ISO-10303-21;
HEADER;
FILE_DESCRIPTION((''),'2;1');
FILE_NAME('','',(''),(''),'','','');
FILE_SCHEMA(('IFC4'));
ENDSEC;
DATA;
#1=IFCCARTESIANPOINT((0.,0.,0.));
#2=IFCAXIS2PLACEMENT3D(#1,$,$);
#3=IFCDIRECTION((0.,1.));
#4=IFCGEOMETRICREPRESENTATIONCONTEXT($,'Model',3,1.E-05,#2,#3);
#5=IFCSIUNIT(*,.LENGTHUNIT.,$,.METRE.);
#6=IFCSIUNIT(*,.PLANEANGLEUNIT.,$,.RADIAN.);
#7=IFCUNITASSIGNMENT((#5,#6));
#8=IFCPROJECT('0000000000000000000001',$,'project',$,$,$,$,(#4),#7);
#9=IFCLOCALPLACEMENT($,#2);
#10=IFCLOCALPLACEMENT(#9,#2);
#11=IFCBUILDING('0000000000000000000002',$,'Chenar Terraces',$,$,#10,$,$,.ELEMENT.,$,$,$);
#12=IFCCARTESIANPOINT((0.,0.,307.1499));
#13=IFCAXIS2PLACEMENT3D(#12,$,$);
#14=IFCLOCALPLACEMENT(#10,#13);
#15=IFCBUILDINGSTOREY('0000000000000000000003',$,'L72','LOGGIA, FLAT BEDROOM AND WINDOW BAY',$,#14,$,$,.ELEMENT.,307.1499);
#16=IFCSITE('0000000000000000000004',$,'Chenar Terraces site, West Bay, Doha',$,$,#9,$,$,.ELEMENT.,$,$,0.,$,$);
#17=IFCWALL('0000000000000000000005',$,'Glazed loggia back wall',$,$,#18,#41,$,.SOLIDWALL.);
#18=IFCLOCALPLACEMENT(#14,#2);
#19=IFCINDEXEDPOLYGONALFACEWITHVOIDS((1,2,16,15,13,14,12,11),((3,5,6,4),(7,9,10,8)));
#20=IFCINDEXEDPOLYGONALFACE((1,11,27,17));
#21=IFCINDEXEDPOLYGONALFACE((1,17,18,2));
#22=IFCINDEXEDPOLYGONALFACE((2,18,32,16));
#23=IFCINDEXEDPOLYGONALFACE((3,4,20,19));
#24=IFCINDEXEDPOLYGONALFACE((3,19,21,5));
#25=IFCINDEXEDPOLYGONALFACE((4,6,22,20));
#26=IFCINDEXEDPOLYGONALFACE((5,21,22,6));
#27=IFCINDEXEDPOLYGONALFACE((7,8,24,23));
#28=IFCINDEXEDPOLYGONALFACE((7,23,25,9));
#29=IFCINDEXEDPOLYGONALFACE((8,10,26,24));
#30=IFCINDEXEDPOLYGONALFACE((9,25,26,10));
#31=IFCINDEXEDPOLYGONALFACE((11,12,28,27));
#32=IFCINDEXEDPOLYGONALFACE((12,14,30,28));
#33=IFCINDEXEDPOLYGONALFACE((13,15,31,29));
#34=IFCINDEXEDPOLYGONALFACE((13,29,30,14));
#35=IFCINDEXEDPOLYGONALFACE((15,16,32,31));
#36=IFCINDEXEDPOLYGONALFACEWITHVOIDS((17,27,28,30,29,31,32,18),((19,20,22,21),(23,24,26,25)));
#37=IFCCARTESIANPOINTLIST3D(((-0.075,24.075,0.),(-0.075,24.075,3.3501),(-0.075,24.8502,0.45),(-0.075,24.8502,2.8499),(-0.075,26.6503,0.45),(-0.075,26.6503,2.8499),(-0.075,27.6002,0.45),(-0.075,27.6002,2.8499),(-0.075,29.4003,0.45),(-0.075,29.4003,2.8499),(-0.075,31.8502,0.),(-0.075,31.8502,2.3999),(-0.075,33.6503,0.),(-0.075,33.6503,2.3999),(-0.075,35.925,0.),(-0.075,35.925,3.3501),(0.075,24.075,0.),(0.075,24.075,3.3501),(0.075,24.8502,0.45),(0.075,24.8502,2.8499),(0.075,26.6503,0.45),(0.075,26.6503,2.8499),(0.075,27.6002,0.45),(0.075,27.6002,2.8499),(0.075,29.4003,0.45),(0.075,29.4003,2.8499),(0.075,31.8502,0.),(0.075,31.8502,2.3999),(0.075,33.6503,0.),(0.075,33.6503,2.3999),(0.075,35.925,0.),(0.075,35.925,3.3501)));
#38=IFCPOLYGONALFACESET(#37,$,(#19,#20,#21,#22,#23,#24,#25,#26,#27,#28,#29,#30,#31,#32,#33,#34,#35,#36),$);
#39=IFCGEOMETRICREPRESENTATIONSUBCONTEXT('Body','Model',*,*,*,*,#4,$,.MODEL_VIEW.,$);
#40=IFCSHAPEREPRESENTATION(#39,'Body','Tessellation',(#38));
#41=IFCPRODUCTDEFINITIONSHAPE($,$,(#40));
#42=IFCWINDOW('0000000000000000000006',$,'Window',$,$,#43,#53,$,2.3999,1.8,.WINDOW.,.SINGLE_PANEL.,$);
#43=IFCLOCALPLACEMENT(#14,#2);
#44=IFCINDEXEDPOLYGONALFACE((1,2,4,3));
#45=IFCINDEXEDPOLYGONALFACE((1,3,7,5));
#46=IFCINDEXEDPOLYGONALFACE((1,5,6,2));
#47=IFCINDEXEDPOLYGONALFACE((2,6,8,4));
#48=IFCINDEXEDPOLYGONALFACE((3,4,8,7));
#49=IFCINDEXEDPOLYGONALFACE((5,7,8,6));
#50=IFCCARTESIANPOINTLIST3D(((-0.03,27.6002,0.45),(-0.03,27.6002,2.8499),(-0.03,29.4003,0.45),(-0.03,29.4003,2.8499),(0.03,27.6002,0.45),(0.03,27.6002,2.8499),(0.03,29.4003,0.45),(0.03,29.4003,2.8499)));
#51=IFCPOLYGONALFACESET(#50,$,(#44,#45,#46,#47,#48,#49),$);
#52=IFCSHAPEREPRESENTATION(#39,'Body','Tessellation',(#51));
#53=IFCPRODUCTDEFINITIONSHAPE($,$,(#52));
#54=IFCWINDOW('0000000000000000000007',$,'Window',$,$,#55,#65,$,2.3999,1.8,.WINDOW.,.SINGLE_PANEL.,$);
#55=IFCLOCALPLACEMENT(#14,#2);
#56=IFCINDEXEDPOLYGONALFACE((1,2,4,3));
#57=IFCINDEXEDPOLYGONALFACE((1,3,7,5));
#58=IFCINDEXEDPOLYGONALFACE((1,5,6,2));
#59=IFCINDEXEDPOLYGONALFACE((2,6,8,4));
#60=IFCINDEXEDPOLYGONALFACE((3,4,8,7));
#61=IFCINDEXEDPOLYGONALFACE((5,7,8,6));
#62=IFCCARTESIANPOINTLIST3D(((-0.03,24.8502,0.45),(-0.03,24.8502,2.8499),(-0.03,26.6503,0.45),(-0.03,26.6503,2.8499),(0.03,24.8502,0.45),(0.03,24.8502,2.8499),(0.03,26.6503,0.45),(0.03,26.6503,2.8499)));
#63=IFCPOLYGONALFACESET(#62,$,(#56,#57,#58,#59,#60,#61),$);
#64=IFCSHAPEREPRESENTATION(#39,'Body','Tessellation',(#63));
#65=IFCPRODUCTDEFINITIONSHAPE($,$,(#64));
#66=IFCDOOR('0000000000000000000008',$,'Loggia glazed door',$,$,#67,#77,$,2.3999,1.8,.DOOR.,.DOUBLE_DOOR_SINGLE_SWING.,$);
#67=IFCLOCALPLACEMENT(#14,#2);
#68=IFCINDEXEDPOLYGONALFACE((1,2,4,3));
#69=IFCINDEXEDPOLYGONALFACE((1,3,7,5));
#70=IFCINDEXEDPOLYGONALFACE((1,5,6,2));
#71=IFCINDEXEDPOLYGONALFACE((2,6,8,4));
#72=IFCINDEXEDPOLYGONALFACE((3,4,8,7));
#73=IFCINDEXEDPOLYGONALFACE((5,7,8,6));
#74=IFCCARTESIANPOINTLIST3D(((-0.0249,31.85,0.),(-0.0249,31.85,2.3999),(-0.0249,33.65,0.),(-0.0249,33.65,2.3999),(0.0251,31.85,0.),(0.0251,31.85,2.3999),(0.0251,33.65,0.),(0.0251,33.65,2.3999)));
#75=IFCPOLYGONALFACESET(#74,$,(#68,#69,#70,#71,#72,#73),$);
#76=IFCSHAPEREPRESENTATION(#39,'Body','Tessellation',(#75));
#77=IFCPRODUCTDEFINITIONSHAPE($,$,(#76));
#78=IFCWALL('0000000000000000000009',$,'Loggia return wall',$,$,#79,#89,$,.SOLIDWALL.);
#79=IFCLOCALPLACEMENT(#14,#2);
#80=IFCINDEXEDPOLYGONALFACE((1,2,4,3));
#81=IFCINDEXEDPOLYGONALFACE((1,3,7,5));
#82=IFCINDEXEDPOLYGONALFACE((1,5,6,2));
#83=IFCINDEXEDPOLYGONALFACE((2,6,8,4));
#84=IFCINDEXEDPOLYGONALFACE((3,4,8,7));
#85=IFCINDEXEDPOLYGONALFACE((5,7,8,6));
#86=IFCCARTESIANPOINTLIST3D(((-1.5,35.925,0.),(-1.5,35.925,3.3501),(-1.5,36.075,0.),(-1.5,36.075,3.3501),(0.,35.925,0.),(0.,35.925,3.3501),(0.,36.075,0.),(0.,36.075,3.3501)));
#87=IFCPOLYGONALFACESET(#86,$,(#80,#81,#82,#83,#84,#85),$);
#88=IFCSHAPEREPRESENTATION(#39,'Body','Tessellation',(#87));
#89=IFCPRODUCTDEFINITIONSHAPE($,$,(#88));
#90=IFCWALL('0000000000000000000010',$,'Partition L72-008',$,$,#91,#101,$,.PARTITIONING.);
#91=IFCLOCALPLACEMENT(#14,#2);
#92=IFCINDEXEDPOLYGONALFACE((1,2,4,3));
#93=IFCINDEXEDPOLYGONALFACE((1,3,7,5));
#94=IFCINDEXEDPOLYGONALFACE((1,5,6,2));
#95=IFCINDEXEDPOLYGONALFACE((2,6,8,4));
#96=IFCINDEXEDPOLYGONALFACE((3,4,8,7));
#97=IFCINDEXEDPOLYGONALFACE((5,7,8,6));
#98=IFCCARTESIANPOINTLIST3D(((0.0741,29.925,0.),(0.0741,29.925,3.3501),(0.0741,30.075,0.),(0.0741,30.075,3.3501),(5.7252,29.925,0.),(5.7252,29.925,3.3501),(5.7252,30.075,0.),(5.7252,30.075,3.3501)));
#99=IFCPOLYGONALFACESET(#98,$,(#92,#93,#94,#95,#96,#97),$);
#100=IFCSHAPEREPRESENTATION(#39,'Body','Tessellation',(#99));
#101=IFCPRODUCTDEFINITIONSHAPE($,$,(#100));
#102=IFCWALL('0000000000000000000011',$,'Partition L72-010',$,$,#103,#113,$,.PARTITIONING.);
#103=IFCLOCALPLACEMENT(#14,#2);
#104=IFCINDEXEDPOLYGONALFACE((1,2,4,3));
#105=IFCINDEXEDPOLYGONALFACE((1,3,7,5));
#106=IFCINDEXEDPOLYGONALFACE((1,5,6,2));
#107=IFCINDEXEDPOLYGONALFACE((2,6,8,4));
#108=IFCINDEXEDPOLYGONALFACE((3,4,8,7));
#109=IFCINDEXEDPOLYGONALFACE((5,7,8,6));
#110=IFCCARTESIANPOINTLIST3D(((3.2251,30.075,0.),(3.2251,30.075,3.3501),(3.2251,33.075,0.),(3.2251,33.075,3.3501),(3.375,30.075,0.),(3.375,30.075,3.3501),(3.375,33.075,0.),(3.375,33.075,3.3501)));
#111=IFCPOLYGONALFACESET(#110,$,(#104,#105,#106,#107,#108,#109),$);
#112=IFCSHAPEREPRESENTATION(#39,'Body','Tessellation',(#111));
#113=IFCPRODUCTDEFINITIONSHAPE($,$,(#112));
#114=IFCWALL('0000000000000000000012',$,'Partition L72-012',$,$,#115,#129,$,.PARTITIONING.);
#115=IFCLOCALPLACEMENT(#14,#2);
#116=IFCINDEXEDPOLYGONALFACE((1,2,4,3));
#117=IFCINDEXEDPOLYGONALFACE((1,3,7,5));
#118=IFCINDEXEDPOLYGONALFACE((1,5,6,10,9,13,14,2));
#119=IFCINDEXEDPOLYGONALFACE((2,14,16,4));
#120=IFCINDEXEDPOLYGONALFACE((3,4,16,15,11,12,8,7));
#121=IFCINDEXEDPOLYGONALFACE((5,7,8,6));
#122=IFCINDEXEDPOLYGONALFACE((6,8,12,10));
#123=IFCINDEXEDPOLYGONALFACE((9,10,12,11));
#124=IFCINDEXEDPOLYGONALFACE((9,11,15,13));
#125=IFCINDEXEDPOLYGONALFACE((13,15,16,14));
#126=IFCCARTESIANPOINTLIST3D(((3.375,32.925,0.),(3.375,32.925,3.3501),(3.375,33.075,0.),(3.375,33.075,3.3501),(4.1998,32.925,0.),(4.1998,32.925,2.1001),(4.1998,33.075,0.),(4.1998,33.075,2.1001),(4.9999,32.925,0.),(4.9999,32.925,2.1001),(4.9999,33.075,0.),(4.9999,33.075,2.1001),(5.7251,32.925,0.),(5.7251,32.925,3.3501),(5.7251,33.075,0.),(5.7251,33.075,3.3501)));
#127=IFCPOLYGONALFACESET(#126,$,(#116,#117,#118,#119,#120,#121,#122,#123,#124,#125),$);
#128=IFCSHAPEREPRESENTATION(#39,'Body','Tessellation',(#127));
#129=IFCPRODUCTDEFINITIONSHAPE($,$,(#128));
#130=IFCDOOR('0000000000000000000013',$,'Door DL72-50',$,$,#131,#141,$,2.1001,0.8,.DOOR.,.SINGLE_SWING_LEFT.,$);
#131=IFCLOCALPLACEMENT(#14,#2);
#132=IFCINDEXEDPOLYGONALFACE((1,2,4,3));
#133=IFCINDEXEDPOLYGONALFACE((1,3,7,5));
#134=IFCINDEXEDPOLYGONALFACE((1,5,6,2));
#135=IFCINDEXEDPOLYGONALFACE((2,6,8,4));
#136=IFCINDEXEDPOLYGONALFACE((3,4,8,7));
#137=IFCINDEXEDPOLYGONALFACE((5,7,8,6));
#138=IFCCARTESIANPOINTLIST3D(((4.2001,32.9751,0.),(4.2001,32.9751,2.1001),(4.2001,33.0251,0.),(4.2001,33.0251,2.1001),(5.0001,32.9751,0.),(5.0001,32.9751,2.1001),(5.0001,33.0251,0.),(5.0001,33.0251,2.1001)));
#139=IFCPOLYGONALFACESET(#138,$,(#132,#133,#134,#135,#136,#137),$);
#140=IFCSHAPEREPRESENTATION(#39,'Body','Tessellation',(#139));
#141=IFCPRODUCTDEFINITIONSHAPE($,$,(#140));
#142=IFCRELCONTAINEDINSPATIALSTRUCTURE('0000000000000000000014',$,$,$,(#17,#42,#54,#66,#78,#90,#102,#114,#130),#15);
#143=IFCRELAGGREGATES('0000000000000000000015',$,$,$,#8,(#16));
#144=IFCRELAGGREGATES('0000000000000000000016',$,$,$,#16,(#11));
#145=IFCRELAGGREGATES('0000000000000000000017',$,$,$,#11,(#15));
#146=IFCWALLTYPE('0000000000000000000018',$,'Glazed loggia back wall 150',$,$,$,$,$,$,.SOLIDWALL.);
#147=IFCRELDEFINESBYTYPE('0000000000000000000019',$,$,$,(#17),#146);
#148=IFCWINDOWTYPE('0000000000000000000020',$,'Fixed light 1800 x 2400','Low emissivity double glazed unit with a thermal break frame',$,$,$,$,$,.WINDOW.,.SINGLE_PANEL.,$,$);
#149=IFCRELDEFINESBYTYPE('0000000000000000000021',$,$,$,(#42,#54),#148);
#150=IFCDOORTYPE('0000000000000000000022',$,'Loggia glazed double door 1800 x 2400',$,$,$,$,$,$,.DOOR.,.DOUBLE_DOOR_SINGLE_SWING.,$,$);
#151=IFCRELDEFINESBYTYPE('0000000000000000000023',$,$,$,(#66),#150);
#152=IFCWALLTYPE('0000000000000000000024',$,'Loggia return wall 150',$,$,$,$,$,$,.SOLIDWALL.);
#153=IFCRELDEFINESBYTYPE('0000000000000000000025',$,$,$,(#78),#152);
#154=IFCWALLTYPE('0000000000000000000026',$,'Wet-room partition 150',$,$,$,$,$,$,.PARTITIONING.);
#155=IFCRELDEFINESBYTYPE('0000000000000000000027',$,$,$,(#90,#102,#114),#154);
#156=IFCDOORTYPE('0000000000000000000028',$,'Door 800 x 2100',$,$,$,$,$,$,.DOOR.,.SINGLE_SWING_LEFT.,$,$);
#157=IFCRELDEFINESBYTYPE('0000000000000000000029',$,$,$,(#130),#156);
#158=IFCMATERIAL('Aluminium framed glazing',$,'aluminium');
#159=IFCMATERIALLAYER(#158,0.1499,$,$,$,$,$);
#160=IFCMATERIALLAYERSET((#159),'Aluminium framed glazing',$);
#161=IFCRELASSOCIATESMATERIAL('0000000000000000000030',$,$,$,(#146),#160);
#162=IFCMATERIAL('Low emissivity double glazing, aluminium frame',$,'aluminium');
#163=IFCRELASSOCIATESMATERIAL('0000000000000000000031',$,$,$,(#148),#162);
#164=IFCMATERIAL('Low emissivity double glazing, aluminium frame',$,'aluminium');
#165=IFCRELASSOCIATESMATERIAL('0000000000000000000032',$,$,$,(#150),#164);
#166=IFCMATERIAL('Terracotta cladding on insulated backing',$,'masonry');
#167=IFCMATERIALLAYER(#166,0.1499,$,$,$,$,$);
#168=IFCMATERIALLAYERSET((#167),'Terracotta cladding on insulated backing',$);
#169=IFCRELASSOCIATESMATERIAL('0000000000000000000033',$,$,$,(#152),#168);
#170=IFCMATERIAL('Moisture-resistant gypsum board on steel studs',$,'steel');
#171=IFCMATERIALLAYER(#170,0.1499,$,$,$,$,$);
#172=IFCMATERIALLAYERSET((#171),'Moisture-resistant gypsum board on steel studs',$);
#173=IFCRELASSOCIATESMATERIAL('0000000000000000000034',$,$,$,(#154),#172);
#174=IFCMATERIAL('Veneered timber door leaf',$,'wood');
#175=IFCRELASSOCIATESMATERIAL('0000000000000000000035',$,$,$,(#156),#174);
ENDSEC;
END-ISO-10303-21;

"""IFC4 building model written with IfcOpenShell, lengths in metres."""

from ifc_helpers import new_model, si_unit, direction, frame, frame_2d, origin, place, context, subcontext, project, spatial, rectangle, extrude, material, layer, layer_set, type_object, element, fill, save


model = new_model("IFC4")

# Units and contexts
model_context = context("Model", 3, precision=1e-05, world=origin(), true_north=direction((0.0, 1.0)))
body_context = subcontext(model_context, "Body", "Model", "MODEL_VIEW")
ifc_project = project(units=[si_unit("LENGTHUNIT", "METRE"), si_unit("PLANEANGLEUNIT", "RADIAN")], contexts=[model_context])

# Site, building, storey
site_placement = place(None, origin())
site = spatial("IfcSite", under=ifc_project, at=site_placement, Name="Chenar Terraces site, West Bay, Doha", CompositionType="ELEMENT", RefElevation=0.0)
building_placement = place(site_placement, origin())
building = spatial("IfcBuilding", under=site, at=building_placement, Name="Chenar Terraces", CompositionType="ELEMENT")
storey_placement = place(building_placement, frame((0.0, 0.0, 307.1499)))
storey = spatial("IfcBuildingStorey", under=building, at=storey_placement, Name="L72", Description="LOGGIA, FLAT BEDROOM AND WINDOW BAY", CompositionType="ELEMENT", Elevation=307.1499)

# Wall, openings, windows, door
ifc_material_1 = material(Name="Aluminium framed glazing", Category="aluminium")
ifc_layer_1 = layer(ifc_material_1, 0.1499)
ifc_layer_set_1 = layer_set([ifc_layer_1], Name="Aluminium framed glazing")
wall_type_1 = type_object("IfcWallType", Name="Glazed loggia back wall 150", PredefinedType="SOLIDWALL", material=ifc_layer_set_1)
wall_1_placement = place(storey_placement, frame((0.0, 35.925, 0.0), z_axis=(0.0, 0.0, 1.0), x_axis=(0.0, -1.0, 0.0)))
wall_1 = element("IfcWall", 1, at=wall_1_placement, inside=storey, type_object=wall_type_1, Name="Glazed loggia back wall", PredefinedType="SOLIDWALL", context=body_context, shape_type="SweptSolid", body=[
    extrude(rectangle(XDim=11.8501, YDim=0.1499, at=frame_2d((5.925, 0.0))), origin(), (0.0, 0.0, 1.0), 3.3501),
])
opening_1_placement = place(wall_1_placement, frame((2.2749, 0.0, 0.0)))
opening_1 = element("IfcOpeningElement", 2, at=opening_1_placement, cuts=wall_1, PredefinedType="OPENING", context=body_context, shape_type="SweptSolid", body=[
    extrude(rectangle(XDim=1.8, YDim=2.3999, at=frame_2d((0.8999, 1.2))), frame((0.0, 0.085, 0.0), z_axis=(0.0, -1.0, 0.0), x_axis=(1.0, 0.0, 0.0)), (0.0, 0.0, 1.0), 0.1699),
])
opening_2_placement = place(wall_1_placement, frame((6.5249, 0.0, 0.45)))
opening_2 = element("IfcOpeningElement", 3, at=opening_2_placement, cuts=wall_1, PredefinedType="OPENING", context=body_context, shape_type="SweptSolid", body=[
    extrude(rectangle(XDim=1.8, YDim=2.3999, at=frame_2d((0.8999, 1.2))), frame((0.0, 0.085, 0.0), z_axis=(0.0, -1.0, 0.0), x_axis=(1.0, 0.0, 0.0)), (0.0, 0.0, 1.0), 0.1699),
])
opening_3_placement = place(wall_1_placement, frame((9.2749, 0.0, 0.45)))
opening_3 = element("IfcOpeningElement", 4, at=opening_3_placement, cuts=wall_1, PredefinedType="OPENING", context=body_context, shape_type="SweptSolid", body=[
    extrude(rectangle(XDim=1.8, YDim=2.3999, at=frame_2d((0.8999, 1.2))), frame((0.0, 0.085, 0.0), z_axis=(0.0, -1.0, 0.0), x_axis=(1.0, 0.0, 0.0)), (0.0, 0.0, 1.0), 0.1699),
])
ifc_material_2 = material(Name="Low emissivity double glazing, aluminium frame", Category="aluminium")
window_type = type_object("IfcWindowType", Name="Fixed light 1800 x 2400", Description="Low emissivity double glazed unit with a thermal break frame", PartitioningType="SINGLE_PANEL", PredefinedType="WINDOW", material=ifc_material_2)
window_1_placement = place(opening_2_placement, origin())
window_1 = element("IfcWindow", 5, at=window_1_placement, inside=storey, type_object=window_type, Name="Window", OverallHeight=2.3999, OverallWidth=1.8, PartitioningType="SINGLE_PANEL", PredefinedType="WINDOW", context=body_context, shape_type="SweptSolid", body=[
    extrude(rectangle(XDim=1.8, YDim=2.3999, at=frame_2d((0.8999, 1.2))), frame((0.0, 0.03, 0.0), z_axis=(0.0, -1.0, 0.0), x_axis=(1.0, 0.0, 0.0)), (0.0, 0.0, 1.0), 0.0601),
])
fill(opening_2, window_1)
window_2_placement = place(opening_3_placement, origin())
window_2 = element("IfcWindow", 6, at=window_2_placement, inside=storey, type_object=window_type, Name="Window", OverallHeight=2.3999, OverallWidth=1.8, PartitioningType="SINGLE_PANEL", PredefinedType="WINDOW", context=body_context, shape_type="SweptSolid", body=[
    extrude(rectangle(XDim=1.8, YDim=2.3999, at=frame_2d((0.8999, 1.2))), frame((0.0, 0.03, 0.0), z_axis=(0.0, -1.0, 0.0), x_axis=(1.0, 0.0, 0.0)), (0.0, 0.0, 1.0), 0.0601),
])
fill(opening_3, window_2)
ifc_material_3 = material(Name="Low emissivity double glazing, aluminium frame", Category="aluminium")
door_type_1 = type_object("IfcDoorType", Name="Loggia glazed double door 1800 x 2400", OperationType="DOUBLE_DOOR_SINGLE_SWING", PredefinedType="DOOR", material=ifc_material_3)
door_1_placement = place(opening_1_placement, frame((1.8, 0.0, 0.0), z_axis=(0.0, 0.0, 1.0), x_axis=(-1.0, 0.0, 0.0)))
door_1 = element("IfcDoor", 7, at=door_1_placement, inside=storey, type_object=door_type_1, Name="Loggia glazed door", OperationType="DOUBLE_DOOR_SINGLE_SWING", OverallHeight=2.3999, OverallWidth=1.8, PredefinedType="DOOR", context=body_context, shape_type="SweptSolid", body=[
    extrude(rectangle(XDim=1.8, YDim=2.3999, at=frame_2d((0.8999, 1.2))), frame((0.0, 0.0249, 0.0), z_axis=(0.0, -1.0, 0.0), x_axis=(1.0, 0.0, 0.0)), (0.0, 0.0, 1.0), 0.05),
])
fill(opening_1, door_1)

# Walls
ifc_material_4 = material(Name="Terracotta cladding on insulated backing", Category="masonry")
ifc_layer_2 = layer(ifc_material_4, 0.1499)
ifc_layer_set_2 = layer_set([ifc_layer_2], Name="Terracotta cladding on insulated backing")
wall_type_2 = type_object("IfcWallType", Name="Loggia return wall 150", PredefinedType="SOLIDWALL", material=ifc_layer_set_2)
wall_2_placement = place(storey_placement, frame((-1.5, 36.0, 0.0), z_axis=(0.0, 0.0, 1.0), x_axis=(1.0, 0.0, 0.0)))
element("IfcWall", 8, at=wall_2_placement, inside=storey, type_object=wall_type_2, Name="Loggia return wall", PredefinedType="SOLIDWALL", context=body_context, shape_type="SweptSolid", body=[
    extrude(rectangle(XDim=1.5, YDim=0.1499, at=frame_2d((0.75, 0.0))), origin(), (0.0, 0.0, 1.0), 3.3501),
])
ifc_material_5 = material(Name="Moisture-resistant gypsum board on steel studs", Category="steel")
ifc_layer_3 = layer(ifc_material_5, 0.1499)
ifc_layer_set_3 = layer_set([ifc_layer_3], Name="Moisture-resistant gypsum board on steel studs")
wall_type_3 = type_object("IfcWallType", Name="Wet-room partition 150", PredefinedType="PARTITIONING", material=ifc_layer_set_3)
wall_3_placement = place(storey_placement, frame((0.074, 30.0, 0.0), z_axis=(0.0, 0.0, 1.0), x_axis=(1.0, 0.0, 0.0)))
element("IfcWall", 9, at=wall_3_placement, inside=storey, type_object=wall_type_3, Name="Partition L72-008", PredefinedType="PARTITIONING", context=body_context, shape_type="SweptSolid", body=[
    extrude(rectangle(XDim=5.6511, YDim=0.1499, at=frame_2d((2.8257, 0.0))), origin(), (0.0, 0.0, 1.0), 3.3501),
])
wall_4_placement = place(storey_placement, frame((3.3, 30.075, 0.0), z_axis=(0.0, 0.0, 1.0), x_axis=(0.0, 1.0, 0.0)))
element("IfcWall", 10, at=wall_4_placement, inside=storey, type_object=wall_type_3, Name="Partition L72-010", PredefinedType="PARTITIONING", context=body_context, shape_type="SweptSolid", body=[
    extrude(rectangle(XDim=3.0, YDim=0.1499, at=frame_2d((1.5, 0.0))), origin(), (0.0, 0.0, 1.0), 3.3501),
])

# Wall, opening, door
wall_5_placement = place(storey_placement, frame((3.375, 33.0, 0.0), z_axis=(0.0, 0.0, 1.0), x_axis=(1.0, 0.0, 0.0)))
wall_5 = element("IfcWall", 11, at=wall_5_placement, inside=storey, type_object=wall_type_3, Name="Partition L72-012", PredefinedType="PARTITIONING", context=body_context, shape_type="SweptSolid", body=[
    extrude(rectangle(XDim=2.3501, YDim=0.1499, at=frame_2d((1.175, 0.0))), origin(), (0.0, 0.0, 1.0), 3.3501),
])
opening_4_placement = place(wall_5_placement, frame((0.825, 0.0, 0.0)))
opening_4 = element("IfcOpeningElement", 12, at=opening_4_placement, cuts=wall_5, PredefinedType="OPENING", context=body_context, shape_type="SweptSolid", body=[
    extrude(rectangle(XDim=0.8, YDim=2.1001, at=frame_2d((0.3999, 1.05))), frame((0.0, 0.085, 0.0), z_axis=(0.0, -1.0, 0.0), x_axis=(1.0, 0.0, 0.0)), (0.0, 0.0, 1.0), 0.1699),
])
ifc_material_6 = material(Name="Veneered timber door leaf", Category="wood")
door_type_2 = type_object("IfcDoorType", Name="Door 800 x 2100", OperationType="SINGLE_SWING_LEFT", PredefinedType="DOOR", material=ifc_material_6)
door_2_placement = place(opening_4_placement, frame((0.8, 0.0, 0.0), z_axis=(0.0, 0.0, 1.0), x_axis=(-1.0, 0.0, 0.0)))
door_2 = element("IfcDoor", 13, at=door_2_placement, inside=storey, type_object=door_type_2, Name="Door DL72-50", OperationType="SINGLE_SWING_LEFT", OverallHeight=2.1001, OverallWidth=0.8, PredefinedType="DOOR", context=body_context, shape_type="SweptSolid", body=[
    extrude(rectangle(XDim=0.8, YDim=2.1001, at=frame_2d((0.3999, 1.05))), frame((0.0, 0.0249, 0.0), z_axis=(0.0, -1.0, 0.0), x_axis=(1.0, 0.0, 0.0)), (0.0, 0.0, 1.0), 0.05),
])
fill(opening_4, door_2)

save(model, "model.ifc")
